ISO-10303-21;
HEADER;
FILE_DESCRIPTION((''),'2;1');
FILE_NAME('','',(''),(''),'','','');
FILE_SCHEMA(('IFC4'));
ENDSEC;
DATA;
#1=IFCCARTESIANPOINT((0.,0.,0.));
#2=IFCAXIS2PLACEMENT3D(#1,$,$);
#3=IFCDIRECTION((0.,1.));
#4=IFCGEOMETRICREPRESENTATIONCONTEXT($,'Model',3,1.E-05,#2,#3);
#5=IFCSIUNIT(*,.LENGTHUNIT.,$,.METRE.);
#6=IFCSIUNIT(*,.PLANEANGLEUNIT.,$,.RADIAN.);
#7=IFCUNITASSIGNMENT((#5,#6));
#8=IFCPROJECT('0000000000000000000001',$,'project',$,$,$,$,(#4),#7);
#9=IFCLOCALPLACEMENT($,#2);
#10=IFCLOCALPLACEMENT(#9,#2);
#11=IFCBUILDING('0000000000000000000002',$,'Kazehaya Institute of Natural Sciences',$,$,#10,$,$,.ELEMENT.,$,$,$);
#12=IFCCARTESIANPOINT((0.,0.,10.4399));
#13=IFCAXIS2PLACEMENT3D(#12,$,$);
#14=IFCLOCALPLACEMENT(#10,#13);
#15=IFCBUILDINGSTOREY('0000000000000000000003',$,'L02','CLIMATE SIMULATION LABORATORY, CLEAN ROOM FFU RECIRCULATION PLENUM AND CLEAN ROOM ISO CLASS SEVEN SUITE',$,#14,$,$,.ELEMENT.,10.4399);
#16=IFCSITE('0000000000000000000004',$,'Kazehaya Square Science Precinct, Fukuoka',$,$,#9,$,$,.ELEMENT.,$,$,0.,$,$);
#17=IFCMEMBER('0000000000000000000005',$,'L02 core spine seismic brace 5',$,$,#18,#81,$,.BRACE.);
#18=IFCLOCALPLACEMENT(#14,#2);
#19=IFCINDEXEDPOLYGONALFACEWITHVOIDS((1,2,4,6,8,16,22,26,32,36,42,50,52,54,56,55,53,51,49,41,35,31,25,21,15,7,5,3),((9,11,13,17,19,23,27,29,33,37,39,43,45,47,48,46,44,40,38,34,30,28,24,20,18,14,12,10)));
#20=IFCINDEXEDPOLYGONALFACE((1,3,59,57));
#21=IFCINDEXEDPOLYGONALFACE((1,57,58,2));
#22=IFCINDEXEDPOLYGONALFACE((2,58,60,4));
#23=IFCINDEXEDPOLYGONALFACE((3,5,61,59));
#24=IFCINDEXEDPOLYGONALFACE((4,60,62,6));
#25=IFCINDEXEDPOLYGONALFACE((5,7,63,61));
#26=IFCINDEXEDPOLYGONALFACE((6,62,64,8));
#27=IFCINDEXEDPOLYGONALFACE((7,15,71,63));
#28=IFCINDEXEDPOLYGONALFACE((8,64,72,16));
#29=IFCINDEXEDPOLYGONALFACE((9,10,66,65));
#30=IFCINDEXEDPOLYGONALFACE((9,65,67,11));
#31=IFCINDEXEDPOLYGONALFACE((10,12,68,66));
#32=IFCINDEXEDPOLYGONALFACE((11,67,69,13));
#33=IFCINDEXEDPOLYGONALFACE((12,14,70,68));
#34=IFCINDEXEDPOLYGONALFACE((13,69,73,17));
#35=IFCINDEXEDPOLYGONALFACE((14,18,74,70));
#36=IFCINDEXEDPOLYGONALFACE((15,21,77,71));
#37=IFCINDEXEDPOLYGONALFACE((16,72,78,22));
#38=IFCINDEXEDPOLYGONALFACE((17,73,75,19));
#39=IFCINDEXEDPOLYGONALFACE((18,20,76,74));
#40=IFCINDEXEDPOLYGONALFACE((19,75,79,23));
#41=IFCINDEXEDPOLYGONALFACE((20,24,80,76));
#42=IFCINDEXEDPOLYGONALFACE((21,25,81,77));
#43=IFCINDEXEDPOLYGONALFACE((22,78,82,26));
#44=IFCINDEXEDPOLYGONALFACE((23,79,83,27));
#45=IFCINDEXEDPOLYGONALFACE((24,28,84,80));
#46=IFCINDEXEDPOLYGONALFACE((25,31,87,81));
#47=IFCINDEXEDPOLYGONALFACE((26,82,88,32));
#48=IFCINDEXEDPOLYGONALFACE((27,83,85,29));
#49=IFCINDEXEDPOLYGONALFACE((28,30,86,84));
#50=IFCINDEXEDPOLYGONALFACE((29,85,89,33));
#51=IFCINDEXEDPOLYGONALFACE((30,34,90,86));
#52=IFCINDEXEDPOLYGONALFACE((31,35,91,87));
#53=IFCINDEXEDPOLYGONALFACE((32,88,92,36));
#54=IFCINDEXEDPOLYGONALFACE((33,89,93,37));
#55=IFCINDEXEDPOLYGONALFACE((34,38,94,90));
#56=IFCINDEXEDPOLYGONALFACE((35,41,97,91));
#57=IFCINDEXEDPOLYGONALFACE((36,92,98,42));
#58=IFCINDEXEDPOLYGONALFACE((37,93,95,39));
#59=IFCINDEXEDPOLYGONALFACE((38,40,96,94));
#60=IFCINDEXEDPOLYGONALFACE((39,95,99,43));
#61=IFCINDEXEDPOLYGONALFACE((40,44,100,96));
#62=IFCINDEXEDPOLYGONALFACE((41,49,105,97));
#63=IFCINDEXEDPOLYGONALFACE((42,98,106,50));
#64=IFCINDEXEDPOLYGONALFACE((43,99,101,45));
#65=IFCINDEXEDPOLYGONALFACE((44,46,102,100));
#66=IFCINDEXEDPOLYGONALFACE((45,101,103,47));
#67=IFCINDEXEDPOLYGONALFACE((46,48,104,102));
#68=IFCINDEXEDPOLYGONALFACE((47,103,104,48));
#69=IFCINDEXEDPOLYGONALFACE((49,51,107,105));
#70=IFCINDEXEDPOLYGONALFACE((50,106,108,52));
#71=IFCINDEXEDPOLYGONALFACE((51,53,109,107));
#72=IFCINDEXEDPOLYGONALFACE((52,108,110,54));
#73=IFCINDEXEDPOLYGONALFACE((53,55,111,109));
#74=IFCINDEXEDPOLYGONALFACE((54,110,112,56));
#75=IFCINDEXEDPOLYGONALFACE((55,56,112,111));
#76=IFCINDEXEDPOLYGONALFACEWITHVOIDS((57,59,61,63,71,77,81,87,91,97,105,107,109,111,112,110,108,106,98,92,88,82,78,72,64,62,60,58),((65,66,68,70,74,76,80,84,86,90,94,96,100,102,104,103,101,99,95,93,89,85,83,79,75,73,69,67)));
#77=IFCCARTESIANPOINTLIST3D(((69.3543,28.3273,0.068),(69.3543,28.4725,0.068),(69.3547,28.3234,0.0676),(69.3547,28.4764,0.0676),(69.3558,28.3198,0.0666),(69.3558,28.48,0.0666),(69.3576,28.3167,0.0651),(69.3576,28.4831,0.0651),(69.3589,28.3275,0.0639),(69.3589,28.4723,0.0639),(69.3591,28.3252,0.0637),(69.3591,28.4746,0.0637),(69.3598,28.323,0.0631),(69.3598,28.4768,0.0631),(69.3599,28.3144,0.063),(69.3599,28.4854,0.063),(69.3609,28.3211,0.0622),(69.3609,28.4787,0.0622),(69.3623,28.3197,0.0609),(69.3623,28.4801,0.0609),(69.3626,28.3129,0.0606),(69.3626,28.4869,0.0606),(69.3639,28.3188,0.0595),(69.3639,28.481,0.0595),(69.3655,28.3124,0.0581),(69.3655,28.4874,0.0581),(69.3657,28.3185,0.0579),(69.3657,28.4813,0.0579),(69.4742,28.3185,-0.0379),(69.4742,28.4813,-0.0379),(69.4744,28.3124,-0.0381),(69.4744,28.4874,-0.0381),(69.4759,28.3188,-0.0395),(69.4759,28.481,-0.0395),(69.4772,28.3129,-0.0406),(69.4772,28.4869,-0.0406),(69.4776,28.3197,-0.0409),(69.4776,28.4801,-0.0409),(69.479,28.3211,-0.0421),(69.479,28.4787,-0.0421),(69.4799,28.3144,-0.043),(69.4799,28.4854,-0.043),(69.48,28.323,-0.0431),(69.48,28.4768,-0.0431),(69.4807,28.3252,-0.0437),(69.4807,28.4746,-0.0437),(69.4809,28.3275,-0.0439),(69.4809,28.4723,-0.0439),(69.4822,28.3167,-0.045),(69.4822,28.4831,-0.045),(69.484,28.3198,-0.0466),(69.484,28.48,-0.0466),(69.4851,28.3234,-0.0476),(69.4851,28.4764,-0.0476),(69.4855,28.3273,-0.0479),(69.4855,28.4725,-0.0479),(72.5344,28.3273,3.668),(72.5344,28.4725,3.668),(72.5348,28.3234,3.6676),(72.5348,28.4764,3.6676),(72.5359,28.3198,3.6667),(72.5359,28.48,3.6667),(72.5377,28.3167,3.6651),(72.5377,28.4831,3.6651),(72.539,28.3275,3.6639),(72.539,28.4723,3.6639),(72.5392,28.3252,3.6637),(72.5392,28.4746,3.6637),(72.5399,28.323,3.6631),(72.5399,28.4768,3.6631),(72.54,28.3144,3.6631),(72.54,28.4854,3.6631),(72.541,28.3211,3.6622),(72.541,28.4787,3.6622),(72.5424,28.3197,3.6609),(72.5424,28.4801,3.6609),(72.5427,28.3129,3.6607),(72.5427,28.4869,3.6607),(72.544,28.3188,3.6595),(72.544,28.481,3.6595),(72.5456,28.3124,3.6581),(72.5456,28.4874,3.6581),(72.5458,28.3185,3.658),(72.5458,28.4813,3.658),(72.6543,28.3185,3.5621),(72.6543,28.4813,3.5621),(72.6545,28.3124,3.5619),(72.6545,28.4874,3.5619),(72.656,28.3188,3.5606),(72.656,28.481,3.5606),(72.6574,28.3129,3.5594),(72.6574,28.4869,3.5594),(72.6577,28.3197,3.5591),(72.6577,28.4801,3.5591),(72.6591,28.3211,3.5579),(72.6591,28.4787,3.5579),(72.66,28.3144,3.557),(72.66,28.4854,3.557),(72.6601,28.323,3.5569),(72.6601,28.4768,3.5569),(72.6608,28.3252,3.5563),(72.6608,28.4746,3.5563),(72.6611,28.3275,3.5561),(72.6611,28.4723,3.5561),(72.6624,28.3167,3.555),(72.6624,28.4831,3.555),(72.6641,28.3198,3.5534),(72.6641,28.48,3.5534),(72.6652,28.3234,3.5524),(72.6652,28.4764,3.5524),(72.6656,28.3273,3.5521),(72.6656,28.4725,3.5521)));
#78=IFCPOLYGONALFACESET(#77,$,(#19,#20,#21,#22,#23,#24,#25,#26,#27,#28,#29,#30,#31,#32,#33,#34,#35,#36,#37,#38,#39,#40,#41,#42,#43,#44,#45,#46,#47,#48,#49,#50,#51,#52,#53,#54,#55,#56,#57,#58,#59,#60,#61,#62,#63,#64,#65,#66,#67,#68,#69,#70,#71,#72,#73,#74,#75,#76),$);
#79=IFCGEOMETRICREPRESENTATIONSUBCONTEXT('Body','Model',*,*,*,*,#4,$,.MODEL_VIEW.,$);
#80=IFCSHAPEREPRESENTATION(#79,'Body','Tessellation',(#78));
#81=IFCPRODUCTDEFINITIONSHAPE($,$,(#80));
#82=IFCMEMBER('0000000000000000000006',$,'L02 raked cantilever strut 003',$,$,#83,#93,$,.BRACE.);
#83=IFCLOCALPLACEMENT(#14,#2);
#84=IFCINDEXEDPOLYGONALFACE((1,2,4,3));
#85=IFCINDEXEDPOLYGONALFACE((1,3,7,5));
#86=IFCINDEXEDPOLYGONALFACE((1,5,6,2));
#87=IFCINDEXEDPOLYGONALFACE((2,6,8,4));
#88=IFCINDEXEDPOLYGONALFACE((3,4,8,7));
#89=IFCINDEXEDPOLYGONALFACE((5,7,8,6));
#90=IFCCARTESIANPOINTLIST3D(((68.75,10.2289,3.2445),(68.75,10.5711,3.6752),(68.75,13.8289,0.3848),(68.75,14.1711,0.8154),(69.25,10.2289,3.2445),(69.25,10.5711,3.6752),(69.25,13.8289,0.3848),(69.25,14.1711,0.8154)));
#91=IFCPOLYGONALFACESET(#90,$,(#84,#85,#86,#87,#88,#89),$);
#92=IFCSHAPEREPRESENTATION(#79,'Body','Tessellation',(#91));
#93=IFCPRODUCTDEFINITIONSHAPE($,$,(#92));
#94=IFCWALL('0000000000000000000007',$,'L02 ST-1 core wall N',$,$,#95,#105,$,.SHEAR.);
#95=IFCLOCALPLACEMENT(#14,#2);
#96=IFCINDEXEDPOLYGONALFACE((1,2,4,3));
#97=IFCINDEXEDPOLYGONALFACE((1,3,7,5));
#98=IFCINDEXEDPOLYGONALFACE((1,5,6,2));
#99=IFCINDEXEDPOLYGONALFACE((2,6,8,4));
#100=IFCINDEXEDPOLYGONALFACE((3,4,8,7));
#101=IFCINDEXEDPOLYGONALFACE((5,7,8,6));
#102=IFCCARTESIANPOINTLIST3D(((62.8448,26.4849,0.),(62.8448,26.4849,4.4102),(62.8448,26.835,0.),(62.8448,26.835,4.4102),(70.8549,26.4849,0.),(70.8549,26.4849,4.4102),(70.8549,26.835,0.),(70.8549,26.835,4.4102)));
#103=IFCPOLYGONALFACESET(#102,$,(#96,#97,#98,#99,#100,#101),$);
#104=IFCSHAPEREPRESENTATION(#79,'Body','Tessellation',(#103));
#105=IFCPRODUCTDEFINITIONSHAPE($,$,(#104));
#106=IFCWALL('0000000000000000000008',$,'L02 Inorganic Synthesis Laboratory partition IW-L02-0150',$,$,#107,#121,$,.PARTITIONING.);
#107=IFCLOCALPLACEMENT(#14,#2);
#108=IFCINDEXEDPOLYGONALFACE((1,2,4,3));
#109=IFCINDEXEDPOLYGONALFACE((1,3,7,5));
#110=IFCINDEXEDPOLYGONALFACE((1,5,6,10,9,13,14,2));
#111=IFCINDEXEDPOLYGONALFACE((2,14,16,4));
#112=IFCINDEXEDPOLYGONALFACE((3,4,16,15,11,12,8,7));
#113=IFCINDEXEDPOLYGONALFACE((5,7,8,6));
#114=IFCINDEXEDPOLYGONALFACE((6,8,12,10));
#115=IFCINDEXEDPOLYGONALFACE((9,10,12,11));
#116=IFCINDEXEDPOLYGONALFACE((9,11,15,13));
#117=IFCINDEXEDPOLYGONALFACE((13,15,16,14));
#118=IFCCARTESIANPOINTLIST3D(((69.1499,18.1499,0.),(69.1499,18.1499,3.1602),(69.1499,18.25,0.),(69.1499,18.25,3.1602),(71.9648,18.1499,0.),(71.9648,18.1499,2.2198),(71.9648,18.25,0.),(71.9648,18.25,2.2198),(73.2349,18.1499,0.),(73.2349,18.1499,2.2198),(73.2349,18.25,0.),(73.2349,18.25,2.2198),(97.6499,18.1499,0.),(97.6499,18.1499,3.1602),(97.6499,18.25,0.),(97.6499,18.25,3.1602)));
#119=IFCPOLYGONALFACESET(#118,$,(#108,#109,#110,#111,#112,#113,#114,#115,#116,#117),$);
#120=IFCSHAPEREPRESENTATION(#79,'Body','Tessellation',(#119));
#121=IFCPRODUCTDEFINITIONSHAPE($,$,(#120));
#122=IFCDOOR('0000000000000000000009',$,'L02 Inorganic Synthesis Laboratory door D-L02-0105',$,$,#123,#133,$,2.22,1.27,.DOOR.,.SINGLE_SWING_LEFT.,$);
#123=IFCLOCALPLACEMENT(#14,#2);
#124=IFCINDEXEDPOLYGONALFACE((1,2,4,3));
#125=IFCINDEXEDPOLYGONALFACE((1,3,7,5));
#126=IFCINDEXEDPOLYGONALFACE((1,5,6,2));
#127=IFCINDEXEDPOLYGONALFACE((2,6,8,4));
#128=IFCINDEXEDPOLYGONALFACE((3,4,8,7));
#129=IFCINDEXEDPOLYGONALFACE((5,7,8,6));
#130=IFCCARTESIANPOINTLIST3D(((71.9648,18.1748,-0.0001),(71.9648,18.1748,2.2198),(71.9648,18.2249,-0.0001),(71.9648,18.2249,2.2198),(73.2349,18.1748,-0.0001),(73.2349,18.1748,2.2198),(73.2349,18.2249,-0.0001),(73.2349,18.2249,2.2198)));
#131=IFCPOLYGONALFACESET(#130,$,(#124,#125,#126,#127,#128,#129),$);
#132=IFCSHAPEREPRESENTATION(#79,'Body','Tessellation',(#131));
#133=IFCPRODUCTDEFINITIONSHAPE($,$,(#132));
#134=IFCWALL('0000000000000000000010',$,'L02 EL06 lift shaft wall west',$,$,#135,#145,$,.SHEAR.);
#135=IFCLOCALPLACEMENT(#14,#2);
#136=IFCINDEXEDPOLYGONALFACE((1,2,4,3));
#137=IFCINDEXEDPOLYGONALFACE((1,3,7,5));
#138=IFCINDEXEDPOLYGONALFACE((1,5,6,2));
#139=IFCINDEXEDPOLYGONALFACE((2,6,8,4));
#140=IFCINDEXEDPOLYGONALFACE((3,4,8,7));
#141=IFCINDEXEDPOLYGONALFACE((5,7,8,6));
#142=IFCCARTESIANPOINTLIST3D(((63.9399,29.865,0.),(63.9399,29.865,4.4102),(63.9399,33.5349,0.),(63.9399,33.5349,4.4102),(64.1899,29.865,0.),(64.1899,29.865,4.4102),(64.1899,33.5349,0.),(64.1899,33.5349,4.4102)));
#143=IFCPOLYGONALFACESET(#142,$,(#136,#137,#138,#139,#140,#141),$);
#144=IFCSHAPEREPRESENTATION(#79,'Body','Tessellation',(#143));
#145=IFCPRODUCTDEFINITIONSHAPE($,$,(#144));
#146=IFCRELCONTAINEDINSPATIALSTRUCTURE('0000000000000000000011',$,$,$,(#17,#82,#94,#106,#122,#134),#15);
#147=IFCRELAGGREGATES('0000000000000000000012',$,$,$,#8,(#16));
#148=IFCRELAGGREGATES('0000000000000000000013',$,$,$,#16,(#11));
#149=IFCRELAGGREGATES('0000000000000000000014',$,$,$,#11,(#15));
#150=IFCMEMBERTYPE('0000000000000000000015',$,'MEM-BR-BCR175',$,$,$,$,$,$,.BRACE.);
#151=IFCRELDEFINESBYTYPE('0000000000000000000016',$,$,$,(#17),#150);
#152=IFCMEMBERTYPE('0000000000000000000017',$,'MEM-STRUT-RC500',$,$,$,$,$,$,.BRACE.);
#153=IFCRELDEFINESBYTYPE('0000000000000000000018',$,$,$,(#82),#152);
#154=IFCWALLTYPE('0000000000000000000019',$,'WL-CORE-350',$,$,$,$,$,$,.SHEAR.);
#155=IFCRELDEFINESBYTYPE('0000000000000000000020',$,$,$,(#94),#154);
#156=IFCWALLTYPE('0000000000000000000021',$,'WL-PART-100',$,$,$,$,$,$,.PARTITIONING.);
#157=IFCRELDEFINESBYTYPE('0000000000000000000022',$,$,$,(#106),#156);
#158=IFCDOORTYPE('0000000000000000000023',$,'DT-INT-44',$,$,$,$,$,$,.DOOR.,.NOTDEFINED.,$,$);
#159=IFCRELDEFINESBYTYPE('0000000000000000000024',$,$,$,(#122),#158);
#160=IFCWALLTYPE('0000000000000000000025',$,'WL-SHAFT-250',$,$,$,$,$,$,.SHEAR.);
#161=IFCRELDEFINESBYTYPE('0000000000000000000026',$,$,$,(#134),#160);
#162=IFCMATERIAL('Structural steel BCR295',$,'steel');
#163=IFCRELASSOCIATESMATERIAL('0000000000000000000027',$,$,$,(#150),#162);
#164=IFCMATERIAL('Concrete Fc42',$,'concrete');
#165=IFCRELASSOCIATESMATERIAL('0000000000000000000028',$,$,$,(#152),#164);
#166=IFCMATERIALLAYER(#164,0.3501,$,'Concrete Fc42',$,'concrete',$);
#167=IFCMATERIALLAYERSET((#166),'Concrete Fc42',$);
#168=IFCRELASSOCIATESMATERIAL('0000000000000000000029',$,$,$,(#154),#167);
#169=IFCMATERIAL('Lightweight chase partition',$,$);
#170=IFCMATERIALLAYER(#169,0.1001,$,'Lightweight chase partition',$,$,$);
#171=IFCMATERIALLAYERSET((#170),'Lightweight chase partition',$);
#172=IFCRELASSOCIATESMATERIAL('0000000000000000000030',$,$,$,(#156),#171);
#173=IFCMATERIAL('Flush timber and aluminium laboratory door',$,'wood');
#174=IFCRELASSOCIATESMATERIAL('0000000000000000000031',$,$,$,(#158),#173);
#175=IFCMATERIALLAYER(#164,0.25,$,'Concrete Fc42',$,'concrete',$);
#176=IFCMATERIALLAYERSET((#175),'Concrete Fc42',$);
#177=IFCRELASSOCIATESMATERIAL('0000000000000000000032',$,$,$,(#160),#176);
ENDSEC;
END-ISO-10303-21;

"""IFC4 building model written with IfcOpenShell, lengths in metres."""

from ifc_helpers import new_model, si_unit, direction, frame, frame_2d, origin, origin_2d, place, context, subcontext, project, spatial, rectangle, hollow_rectangle, extrude, material, layer, layer_set, material_profile, profile_set, type_object, element, fill, save


model = new_model("IFC4")

# Units and contexts
model_context = context("Model", 3, precision=1e-05, world=origin(), true_north=direction((0.0, 1.0)))
body_context = subcontext(model_context, "Body", "Model", "MODEL_VIEW")
ifc_project = project(units=[si_unit("LENGTHUNIT", "METRE"), si_unit("PLANEANGLEUNIT", "RADIAN")], contexts=[model_context])

# Site, building, storey
site_placement = place(None, origin())
site = spatial("IfcSite", under=ifc_project, at=site_placement, Name="Kazehaya Square Science Precinct, Fukuoka", CompositionType="ELEMENT", RefElevation=0.0)
building_placement = place(site_placement, origin())
building = spatial("IfcBuilding", under=site, at=building_placement, Name="Kazehaya Institute of Natural Sciences", CompositionType="ELEMENT")
storey_placement = place(building_placement, frame((0.0, 0.0, 10.4399)))
storey = spatial("IfcBuildingStorey", under=building, at=storey_placement, Name="L02", Description="CLIMATE SIMULATION LABORATORY, CLEAN ROOM FFU RECIRCULATION PLENUM AND CLEAN ROOM ISO CLASS SEVEN SUITE", CompositionType="ELEMENT", Elevation=10.4399)

# Shared definitions
ifc_material_1 = material(Name="Concrete Fc42", Category="concrete")

# Members
ifc_material_2 = material(Name="Structural steel BCR295", Category="steel")
ifc_material_profile_1 = material_profile(ifc_material_2, hollow_rectangle(XDim=0.175, YDim=0.175, WallThickness=0.0061, InnerFilletRadius=0.009, OuterFilletRadius=0.0149, at=origin_2d()), Name="BCR-175x175x6")
ifc_profile_set_1 = profile_set([ifc_material_profile_1], Name="Structural steel BCR295")
member_type_1 = type_object("IfcMemberType", Name="MEM-BR-BCR175", PredefinedType="BRACE", material=ifc_profile_set_1)
member_1_placement = place(storey_placement, frame((69.4199, 28.3999, 0.01), z_axis=(0.662045, 0.0, 0.749464), x_axis=(0.0, 1.0, 0.0)))
element("IfcMember", 1, at=member_1_placement, inside=storey, type_object=member_type_1, Name="L02 core spine seismic brace 5", PredefinedType="BRACE", context=body_context, shape_type="SweptSolid", body=[
    extrude(hollow_rectangle(XDim=0.175, YDim=0.175, WallThickness=0.0061, InnerFilletRadius=0.009, OuterFilletRadius=0.0149, at=origin_2d()), origin(), (0.0, 0.0, 1.0), 4.8035),
])
ifc_material_profile_2 = material_profile(ifc_material_1, rectangle(XDim=0.5, YDim=0.55, at=origin_2d()), Name="RC-500x550")
ifc_profile_set_2 = profile_set([ifc_material_profile_2], Name="Concrete Fc42")
member_type_2 = type_object("IfcMemberType", Name="MEM-STRUT-RC500", PredefinedType="BRACE", material=ifc_profile_set_2)
member_2_placement = place(storey_placement, frame((69.0, 14.0, 0.6001), z_axis=(0.0, -0.783009, 0.62201), x_axis=(1.0, 0.0, 0.0)))
element("IfcMember", 2, at=member_2_placement, inside=storey, type_object=member_type_2, Name="L02 raked cantilever strut 003", PredefinedType="BRACE", context=body_context, shape_type="SweptSolid", body=[
    extrude(rectangle(XDim=0.5, YDim=0.55, at=origin_2d()), origin(), (0.0, 0.0, 1.0), 4.5977),
])

# Wall
ifc_layer_1 = layer(ifc_material_1, 0.3501, Name="Concrete Fc42", Category="concrete")
ifc_layer_set_1 = layer_set([ifc_layer_1], Name="Concrete Fc42")
wall_type_1 = type_object("IfcWallType", Name="WL-CORE-350", PredefinedType="SHEAR", material=ifc_layer_set_1)
wall_1_placement = place(storey_placement, frame((62.845, 26.6599, 0.0), z_axis=(0.0, 0.0, 1.0), x_axis=(1.0, 0.0, 0.0)))
element("IfcWall", 3, at=wall_1_placement, inside=storey, type_object=wall_type_1, Name="L02 ST-1 core wall N", PredefinedType="SHEAR", context=body_context, shape_type="SweptSolid", body=[
    extrude(rectangle(XDim=8.01, YDim=0.3501, at=frame_2d((4.0049, 0.0))), origin(), (0.0, 0.0, 1.0), 4.4102),
])

# Wall, opening, door
ifc_material_3 = material(Name="Lightweight chase partition")
ifc_layer_2 = layer(ifc_material_3, 0.1001, Name="Lightweight chase partition")
ifc_layer_set_2 = layer_set([ifc_layer_2], Name="Lightweight chase partition")
wall_type_2 = type_object("IfcWallType", Name="WL-PART-100", PredefinedType="PARTITIONING", material=ifc_layer_set_2)
wall_2_placement = place(storey_placement, frame((69.1499, 18.2, 0.0), z_axis=(0.0, 0.0, 1.0), x_axis=(1.0, 0.0, 0.0)))
wall_2 = element("IfcWall", 4, at=wall_2_placement, inside=storey, type_object=wall_type_2, Name="L02 Inorganic Synthesis Laboratory partition IW-L02-0150", PredefinedType="PARTITIONING", context=body_context, shape_type="SweptSolid", body=[
    extrude(rectangle(XDim=28.5, YDim=0.1001, at=frame_2d((14.25, 0.0))), origin(), (0.0, 0.0, 1.0), 3.1602),
])
opening_1_placement = place(wall_2_placement, frame((2.8149, 0.0, 0.0)))
opening_1 = element("IfcOpeningElement", 5, at=opening_1_placement, cuts=wall_2, PredefinedType="OPENING", context=body_context, shape_type="SweptSolid", body=[
    extrude(rectangle(XDim=1.27, YDim=2.22, at=frame_2d((0.635, 1.1099))), frame((0.0, 0.0601, 0.0), z_axis=(0.0, -1.0, 0.0), x_axis=(1.0, 0.0, 0.0)), (0.0, 0.0, 1.0), 0.1201),
])
ifc_material_4 = material(Name="Flush timber and aluminium laboratory door", Category="wood")
door_type_1 = type_object("IfcDoorType", Name="DT-INT-44", OperationType="NOTDEFINED", PredefinedType="DOOR", material=ifc_material_4)
door_1_placement = place(opening_1_placement, origin())
door_1 = element("IfcDoor", 6, at=door_1_placement, inside=storey, type_object=door_type_1, Name="L02 Inorganic Synthesis Laboratory door D-L02-0105", OperationType="SINGLE_SWING_LEFT", OverallHeight=2.22, OverallWidth=1.27, PredefinedType="DOOR", context=body_context, shape_type="SweptSolid", body=[
    extrude(rectangle(XDim=1.27, YDim=2.22, at=frame_2d((0.635, 1.1099))), frame((0.0, 0.0249, 0.0), z_axis=(0.0, -1.0, 0.0), x_axis=(1.0, 0.0, 0.0)), (0.0, 0.0, 1.0), 0.05),
])
fill(opening_1, door_1)
ifc_layer_3 = layer(ifc_material_1, 0.25, Name="Concrete Fc42", Category="concrete")
ifc_layer_set_3 = layer_set([ifc_layer_3], Name="Concrete Fc42")
wall_type_3 = type_object("IfcWallType", Name="WL-SHAFT-250", PredefinedType="SHEAR", material=ifc_layer_set_3)

# Wall
wall_3_placement = place(storey_placement, frame((64.0649, 29.865, 0.0), z_axis=(0.0, 0.0, 1.0), x_axis=(0.0, 1.0, 0.0)))
element("IfcWall", 7, at=wall_3_placement, inside=storey, type_object=wall_type_3, Name="L02 EL06 lift shaft wall west", PredefinedType="SHEAR", context=body_context, shape_type="SweptSolid", body=[
    extrude(rectangle(XDim=3.6699, YDim=0.25, at=frame_2d((1.835, 0.0))), origin(), (0.0, 0.0, 1.0), 4.4102),
])

save(model, "model.ifc")
